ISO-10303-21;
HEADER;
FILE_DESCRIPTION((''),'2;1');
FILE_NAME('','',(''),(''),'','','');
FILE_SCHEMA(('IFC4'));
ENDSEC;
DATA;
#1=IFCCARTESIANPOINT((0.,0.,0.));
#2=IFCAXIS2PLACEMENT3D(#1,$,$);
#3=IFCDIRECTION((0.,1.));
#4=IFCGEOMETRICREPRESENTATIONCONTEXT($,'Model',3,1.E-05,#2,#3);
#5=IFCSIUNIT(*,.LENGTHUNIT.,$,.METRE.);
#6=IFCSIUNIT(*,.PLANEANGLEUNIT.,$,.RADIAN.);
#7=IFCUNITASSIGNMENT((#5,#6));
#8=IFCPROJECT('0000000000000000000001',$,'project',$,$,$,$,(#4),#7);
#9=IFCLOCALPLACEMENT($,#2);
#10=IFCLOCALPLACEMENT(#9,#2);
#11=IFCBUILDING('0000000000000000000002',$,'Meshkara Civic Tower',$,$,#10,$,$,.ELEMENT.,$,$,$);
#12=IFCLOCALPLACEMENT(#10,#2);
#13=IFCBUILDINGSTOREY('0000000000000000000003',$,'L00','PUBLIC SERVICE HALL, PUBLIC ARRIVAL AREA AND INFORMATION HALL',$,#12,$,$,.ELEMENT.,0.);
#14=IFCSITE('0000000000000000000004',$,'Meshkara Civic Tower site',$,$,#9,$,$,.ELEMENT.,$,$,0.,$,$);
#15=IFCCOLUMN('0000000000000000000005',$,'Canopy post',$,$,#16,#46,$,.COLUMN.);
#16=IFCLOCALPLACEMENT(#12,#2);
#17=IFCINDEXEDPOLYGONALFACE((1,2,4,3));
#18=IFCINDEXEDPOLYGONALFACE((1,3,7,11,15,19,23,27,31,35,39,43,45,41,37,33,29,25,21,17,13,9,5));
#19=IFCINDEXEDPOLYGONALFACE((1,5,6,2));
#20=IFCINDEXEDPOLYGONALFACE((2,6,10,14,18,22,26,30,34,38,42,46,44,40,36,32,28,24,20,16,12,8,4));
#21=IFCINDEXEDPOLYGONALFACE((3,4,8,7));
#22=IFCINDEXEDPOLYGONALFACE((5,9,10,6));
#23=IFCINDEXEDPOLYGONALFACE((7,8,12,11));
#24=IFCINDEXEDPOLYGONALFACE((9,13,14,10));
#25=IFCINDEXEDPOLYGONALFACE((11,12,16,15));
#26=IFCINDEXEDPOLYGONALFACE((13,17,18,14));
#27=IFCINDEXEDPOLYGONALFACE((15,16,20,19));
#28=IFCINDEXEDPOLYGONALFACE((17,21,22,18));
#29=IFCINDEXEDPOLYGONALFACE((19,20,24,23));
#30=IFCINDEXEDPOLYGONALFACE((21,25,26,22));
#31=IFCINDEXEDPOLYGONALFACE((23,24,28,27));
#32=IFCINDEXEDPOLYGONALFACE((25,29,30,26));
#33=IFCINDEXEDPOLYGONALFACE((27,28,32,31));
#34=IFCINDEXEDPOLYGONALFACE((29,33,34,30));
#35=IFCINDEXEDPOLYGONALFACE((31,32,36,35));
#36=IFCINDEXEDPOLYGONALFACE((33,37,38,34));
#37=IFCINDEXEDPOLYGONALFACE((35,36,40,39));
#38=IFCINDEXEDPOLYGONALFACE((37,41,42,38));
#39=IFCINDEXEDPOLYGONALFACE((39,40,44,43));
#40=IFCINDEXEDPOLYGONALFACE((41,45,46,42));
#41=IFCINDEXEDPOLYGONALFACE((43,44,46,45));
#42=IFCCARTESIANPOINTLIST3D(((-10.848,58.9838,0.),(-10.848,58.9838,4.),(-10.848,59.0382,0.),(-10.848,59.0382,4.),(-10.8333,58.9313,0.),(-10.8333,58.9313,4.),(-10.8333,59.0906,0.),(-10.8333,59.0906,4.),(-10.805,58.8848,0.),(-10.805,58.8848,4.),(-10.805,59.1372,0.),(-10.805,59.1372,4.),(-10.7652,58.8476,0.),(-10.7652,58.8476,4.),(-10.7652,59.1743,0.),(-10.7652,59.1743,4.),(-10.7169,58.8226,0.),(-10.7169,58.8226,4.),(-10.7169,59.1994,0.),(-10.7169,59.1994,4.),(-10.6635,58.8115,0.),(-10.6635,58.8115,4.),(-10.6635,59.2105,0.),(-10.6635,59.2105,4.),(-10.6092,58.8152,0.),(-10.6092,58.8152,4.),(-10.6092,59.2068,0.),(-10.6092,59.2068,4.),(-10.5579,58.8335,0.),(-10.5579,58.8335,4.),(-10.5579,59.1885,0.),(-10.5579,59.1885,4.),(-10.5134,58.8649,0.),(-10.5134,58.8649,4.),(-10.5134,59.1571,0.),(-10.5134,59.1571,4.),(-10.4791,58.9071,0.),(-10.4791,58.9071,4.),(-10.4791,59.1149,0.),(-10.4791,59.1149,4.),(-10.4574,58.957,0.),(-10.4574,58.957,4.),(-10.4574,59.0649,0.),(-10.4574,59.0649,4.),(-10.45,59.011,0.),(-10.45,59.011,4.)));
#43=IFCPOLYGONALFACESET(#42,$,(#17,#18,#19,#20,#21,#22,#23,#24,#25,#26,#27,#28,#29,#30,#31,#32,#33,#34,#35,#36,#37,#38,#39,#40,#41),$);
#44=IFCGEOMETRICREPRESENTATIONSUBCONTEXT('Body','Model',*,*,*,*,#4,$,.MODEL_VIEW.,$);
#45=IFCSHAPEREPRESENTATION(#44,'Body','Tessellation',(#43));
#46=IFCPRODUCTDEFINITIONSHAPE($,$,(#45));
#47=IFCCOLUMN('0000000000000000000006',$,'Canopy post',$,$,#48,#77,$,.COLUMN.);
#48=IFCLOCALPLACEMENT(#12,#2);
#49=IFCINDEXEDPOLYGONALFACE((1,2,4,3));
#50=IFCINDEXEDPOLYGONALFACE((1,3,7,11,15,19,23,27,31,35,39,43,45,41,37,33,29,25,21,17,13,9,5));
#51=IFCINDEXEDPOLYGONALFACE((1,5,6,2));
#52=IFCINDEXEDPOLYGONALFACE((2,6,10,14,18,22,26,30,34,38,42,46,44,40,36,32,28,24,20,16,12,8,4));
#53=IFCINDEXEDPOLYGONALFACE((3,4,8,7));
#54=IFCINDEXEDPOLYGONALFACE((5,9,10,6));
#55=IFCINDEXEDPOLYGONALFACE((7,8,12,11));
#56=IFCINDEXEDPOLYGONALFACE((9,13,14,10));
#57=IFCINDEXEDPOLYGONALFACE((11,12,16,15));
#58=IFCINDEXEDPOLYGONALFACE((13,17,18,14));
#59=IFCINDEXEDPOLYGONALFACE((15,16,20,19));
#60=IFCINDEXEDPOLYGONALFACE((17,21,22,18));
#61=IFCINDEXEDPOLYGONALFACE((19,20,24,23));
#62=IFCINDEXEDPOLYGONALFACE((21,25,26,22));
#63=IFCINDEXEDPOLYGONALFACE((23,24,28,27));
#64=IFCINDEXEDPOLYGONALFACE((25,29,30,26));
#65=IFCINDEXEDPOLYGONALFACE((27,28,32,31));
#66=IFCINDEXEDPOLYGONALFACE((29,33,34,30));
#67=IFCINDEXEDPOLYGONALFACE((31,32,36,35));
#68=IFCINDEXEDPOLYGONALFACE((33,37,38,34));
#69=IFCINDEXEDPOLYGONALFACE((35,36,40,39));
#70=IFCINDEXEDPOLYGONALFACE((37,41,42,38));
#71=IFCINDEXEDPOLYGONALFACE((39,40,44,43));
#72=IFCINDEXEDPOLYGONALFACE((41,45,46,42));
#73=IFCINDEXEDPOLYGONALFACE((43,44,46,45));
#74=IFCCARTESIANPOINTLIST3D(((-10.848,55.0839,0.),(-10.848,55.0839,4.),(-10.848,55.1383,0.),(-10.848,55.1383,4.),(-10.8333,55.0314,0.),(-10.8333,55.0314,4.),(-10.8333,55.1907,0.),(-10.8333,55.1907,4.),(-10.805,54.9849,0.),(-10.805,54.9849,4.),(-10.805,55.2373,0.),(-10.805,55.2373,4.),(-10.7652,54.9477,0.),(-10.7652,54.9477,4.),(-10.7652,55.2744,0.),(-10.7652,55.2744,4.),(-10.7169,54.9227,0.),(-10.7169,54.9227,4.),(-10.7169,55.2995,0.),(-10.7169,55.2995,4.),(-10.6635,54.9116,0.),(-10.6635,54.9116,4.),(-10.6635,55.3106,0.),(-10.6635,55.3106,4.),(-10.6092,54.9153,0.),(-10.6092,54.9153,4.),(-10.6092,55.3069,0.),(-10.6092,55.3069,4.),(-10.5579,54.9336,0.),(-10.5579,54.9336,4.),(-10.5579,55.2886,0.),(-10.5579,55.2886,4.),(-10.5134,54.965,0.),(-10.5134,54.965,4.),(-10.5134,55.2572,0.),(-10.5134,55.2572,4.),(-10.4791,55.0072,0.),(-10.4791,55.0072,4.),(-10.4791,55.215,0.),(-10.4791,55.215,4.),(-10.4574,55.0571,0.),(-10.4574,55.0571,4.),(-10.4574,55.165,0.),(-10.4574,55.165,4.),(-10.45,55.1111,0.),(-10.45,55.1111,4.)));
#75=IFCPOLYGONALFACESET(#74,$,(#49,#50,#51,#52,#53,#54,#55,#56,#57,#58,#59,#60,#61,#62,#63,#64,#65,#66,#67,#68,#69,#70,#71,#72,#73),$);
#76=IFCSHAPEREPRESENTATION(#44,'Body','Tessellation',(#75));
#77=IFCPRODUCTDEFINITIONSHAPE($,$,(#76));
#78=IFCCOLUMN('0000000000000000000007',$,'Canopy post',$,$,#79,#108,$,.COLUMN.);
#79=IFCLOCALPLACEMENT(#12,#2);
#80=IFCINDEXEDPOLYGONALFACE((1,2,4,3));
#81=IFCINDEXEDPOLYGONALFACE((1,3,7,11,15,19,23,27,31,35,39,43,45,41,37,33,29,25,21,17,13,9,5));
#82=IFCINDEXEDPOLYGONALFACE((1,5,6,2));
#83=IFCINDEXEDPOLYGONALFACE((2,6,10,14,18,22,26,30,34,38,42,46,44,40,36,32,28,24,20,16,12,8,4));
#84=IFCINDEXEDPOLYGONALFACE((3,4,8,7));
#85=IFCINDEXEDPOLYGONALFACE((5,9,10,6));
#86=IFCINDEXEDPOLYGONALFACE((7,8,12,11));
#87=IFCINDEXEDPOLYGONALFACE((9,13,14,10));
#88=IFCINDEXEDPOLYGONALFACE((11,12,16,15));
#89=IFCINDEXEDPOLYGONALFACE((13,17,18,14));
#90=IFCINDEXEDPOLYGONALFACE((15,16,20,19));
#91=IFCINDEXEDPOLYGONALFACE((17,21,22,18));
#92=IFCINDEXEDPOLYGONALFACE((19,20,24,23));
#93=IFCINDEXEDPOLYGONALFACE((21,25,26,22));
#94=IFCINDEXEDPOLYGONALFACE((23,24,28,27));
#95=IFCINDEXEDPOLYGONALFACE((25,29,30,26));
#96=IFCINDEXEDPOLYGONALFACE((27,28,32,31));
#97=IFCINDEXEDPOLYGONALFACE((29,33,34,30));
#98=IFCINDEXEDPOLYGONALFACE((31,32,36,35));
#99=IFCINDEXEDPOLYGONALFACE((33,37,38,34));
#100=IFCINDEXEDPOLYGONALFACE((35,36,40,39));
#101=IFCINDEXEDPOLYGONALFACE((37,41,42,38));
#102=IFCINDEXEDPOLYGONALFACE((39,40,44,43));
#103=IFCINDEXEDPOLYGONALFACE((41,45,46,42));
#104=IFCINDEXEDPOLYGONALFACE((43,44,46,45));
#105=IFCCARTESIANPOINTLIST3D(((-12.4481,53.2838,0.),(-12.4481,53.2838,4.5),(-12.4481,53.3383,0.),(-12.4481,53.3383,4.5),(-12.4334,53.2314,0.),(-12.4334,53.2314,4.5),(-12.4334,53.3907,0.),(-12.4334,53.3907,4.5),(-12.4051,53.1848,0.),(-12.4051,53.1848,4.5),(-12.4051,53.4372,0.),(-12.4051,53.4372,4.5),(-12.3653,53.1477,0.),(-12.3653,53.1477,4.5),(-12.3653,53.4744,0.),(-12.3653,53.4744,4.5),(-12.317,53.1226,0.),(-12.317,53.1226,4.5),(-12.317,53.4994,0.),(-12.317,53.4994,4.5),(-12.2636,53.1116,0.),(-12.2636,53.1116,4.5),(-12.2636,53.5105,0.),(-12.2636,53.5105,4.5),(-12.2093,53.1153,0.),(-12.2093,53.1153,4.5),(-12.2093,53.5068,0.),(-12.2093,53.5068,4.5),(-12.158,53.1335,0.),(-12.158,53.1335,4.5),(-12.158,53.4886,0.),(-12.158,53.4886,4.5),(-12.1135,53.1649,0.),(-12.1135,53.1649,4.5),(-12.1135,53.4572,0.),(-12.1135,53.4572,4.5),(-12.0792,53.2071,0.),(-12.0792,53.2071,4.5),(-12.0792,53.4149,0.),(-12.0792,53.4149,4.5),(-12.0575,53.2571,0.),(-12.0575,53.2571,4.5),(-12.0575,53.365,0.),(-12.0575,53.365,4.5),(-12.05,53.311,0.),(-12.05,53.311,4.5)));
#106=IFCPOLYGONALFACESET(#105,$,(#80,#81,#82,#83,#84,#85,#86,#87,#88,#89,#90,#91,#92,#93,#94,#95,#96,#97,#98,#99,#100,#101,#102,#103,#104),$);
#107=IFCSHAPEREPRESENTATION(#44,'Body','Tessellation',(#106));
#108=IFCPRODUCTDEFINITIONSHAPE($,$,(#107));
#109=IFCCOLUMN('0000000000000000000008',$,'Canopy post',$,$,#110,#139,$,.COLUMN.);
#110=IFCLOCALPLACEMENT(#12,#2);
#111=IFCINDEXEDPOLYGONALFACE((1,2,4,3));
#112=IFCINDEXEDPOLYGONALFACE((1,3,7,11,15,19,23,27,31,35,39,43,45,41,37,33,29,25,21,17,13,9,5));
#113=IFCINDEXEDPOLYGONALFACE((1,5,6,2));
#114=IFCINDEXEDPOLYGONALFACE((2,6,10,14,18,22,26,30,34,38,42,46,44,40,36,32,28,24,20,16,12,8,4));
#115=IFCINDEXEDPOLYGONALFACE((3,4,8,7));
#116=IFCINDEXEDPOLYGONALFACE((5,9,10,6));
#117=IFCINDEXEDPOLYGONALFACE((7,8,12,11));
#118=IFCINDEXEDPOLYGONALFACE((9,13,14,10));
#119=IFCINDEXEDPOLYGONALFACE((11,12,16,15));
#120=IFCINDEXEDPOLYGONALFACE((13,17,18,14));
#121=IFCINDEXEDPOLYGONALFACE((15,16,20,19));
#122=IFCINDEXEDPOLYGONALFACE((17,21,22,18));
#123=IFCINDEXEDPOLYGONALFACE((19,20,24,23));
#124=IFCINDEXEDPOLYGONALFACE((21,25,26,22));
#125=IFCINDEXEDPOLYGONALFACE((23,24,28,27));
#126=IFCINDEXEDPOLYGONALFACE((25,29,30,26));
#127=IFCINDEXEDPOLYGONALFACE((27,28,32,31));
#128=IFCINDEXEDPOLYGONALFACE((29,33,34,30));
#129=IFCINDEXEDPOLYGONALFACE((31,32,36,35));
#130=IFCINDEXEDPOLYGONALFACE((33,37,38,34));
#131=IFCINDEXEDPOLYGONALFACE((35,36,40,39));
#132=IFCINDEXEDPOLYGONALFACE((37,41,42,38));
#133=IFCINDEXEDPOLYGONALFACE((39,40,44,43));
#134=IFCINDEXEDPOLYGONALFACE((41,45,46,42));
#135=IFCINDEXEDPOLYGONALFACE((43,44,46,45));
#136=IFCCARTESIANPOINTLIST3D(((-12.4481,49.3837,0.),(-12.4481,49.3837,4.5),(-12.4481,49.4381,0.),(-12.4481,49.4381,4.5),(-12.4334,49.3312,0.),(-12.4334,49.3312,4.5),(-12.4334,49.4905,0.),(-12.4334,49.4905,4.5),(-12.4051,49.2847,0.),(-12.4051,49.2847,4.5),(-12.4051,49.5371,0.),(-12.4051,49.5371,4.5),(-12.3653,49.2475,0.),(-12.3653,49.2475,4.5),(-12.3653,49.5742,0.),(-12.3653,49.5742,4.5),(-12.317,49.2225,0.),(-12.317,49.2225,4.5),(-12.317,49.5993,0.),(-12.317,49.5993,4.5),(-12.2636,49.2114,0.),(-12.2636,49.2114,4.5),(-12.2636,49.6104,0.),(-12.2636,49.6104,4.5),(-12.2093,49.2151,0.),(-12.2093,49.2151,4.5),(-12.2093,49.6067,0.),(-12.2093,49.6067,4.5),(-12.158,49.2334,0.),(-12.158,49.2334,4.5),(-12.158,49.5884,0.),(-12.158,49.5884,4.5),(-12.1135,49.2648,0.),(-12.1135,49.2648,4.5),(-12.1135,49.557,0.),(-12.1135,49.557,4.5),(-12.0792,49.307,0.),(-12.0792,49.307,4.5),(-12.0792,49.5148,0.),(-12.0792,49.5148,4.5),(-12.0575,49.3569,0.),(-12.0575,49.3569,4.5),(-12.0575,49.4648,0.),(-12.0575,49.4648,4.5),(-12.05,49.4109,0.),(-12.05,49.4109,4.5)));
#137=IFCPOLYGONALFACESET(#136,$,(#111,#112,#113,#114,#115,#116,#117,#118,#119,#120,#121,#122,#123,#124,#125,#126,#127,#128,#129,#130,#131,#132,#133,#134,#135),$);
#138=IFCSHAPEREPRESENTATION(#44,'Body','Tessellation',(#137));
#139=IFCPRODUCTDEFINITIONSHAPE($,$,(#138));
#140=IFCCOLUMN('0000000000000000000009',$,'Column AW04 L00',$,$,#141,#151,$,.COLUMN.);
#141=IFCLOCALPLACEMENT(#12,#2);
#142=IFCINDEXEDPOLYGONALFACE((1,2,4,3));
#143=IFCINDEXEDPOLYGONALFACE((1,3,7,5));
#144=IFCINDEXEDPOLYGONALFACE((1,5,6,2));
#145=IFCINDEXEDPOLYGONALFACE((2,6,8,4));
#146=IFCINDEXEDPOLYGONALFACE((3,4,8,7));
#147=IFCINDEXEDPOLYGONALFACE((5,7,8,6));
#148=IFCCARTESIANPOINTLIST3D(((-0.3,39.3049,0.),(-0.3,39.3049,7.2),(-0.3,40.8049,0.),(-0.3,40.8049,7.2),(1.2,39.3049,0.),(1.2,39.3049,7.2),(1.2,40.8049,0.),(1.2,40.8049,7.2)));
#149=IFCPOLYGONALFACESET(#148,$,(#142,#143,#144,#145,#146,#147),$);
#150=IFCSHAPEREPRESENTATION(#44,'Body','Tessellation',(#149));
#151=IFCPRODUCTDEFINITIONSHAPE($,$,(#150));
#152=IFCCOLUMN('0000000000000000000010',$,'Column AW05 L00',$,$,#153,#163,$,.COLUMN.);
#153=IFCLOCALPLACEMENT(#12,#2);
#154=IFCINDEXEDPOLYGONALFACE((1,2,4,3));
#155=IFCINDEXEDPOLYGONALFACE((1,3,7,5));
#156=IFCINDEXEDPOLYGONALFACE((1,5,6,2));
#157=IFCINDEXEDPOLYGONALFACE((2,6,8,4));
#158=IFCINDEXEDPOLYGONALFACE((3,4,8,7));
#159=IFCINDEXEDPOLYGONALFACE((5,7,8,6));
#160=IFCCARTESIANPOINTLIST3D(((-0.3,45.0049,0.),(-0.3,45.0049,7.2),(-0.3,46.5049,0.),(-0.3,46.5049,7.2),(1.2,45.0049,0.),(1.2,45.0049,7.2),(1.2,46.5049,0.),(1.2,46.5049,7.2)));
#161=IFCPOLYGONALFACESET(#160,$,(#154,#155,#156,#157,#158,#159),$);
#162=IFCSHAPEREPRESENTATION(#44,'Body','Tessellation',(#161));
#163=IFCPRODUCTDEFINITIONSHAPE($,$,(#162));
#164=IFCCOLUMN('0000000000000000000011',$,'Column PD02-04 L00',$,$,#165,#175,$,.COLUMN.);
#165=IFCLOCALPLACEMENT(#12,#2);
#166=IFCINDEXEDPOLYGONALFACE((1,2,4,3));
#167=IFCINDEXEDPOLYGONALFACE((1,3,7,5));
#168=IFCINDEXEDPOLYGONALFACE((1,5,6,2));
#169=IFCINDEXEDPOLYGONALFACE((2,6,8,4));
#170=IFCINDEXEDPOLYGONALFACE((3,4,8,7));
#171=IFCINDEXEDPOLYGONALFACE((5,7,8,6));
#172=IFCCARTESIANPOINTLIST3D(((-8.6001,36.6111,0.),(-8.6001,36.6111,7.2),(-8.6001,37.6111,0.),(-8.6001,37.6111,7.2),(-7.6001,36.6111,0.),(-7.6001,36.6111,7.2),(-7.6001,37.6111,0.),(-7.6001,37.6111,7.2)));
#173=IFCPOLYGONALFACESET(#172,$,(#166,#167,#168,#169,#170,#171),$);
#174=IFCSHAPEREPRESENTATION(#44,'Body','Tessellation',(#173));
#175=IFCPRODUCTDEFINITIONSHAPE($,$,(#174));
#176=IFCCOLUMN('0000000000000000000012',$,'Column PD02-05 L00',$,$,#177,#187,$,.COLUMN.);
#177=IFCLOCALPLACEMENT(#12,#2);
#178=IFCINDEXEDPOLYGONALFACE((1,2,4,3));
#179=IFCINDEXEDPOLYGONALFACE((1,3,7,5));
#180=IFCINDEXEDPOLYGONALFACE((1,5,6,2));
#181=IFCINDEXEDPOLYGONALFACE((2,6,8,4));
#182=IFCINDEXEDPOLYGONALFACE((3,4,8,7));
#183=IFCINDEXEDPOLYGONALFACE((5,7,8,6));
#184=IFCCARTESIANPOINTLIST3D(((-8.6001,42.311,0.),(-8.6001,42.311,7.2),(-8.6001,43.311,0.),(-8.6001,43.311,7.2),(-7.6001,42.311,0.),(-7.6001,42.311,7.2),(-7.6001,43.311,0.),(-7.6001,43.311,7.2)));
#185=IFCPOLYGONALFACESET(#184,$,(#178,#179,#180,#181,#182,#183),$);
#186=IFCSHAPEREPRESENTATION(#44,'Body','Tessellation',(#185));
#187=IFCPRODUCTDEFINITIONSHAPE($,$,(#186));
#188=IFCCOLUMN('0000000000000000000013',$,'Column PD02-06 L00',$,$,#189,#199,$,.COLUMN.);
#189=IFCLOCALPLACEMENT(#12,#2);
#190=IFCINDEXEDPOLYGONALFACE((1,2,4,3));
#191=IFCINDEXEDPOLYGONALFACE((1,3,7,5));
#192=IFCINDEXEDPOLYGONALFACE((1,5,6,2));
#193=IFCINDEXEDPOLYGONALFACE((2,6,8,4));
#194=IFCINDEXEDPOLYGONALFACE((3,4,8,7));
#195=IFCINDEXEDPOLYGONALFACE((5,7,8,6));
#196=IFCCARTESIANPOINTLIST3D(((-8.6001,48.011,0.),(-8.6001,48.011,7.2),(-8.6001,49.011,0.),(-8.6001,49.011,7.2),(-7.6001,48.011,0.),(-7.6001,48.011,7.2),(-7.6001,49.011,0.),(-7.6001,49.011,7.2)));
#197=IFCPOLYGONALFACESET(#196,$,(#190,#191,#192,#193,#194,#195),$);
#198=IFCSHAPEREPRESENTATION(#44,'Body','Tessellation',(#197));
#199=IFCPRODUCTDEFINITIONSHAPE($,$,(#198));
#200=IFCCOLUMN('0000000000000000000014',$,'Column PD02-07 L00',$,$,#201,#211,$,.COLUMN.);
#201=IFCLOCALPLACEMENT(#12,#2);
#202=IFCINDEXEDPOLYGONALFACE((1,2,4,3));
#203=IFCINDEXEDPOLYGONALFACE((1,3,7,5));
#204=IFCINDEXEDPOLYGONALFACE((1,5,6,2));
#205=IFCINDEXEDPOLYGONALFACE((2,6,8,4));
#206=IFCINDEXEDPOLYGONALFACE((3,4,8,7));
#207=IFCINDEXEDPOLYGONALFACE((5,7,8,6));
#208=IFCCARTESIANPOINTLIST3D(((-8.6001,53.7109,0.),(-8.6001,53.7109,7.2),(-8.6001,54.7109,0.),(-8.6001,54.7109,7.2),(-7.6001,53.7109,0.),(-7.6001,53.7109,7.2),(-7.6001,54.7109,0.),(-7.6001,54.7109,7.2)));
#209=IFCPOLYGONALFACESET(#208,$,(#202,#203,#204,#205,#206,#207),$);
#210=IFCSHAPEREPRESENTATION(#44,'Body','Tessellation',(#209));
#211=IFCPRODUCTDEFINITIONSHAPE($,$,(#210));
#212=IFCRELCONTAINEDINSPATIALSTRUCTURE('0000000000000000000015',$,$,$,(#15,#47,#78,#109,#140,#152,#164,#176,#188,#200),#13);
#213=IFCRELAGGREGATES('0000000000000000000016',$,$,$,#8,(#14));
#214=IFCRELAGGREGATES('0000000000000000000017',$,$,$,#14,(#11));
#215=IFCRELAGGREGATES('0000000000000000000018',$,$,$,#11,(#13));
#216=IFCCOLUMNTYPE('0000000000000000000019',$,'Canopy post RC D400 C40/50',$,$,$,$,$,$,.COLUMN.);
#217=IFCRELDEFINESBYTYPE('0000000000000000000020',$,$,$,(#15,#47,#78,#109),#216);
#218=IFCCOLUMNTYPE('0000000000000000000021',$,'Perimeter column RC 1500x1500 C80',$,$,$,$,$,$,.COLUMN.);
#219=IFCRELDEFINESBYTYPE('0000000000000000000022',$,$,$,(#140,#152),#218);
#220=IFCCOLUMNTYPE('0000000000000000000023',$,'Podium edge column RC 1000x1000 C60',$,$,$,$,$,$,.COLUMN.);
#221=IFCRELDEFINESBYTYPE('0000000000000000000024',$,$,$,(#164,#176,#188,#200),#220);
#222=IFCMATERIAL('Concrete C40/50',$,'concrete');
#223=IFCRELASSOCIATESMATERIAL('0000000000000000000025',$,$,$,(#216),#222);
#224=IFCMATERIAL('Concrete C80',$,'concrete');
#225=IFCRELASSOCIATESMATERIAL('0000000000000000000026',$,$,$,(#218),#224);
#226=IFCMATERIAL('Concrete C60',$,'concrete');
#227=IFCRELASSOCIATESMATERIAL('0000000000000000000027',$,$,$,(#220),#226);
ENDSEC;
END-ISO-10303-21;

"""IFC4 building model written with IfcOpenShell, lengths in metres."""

from ifc_helpers import new_model, si_unit, direction, frame, origin, origin_2d, place, context, subcontext, project, spatial, rectangle, circle, extrude, material, material_profile, profile_set, type_object, element, save


model = new_model("IFC4")

# Units and contexts
model_context = context("Model", 3, precision=1e-05, world=origin(), true_north=direction((0.0, 1.0)))
body_context = subcontext(model_context, "Body", "Model", "MODEL_VIEW")
ifc_project = project(units=[si_unit("LENGTHUNIT", "METRE"), si_unit("PLANEANGLEUNIT", "RADIAN")], contexts=[model_context])

# Site, building, storey
site_placement = place(None, origin())
site = spatial("IfcSite", under=ifc_project, at=site_placement, Name="Meshkara Civic Tower site", CompositionType="ELEMENT", RefElevation=0.0)
building_placement = place(site_placement, origin())
building = spatial("IfcBuilding", under=site, at=building_placement, Name="Meshkara Civic Tower", CompositionType="ELEMENT")
storey_placement = place(building_placement, origin())
storey = spatial("IfcBuildingStorey", under=building, at=storey_placement, Name="L00", Description="PUBLIC SERVICE HALL, PUBLIC ARRIVAL AREA AND INFORMATION HALL", CompositionType="ELEMENT", Elevation=0.0)

# Columns
ifc_material_1 = material(Name="Concrete C40/50", Category="concrete")
ifc_material_profile_1 = material_profile(ifc_material_1, circle(Radius=0.2, at=origin_2d()))
ifc_profile_set_1 = profile_set([ifc_material_profile_1], Name="Concrete C40/50")
column_type_1 = type_object("IfcColumnType", Name="Canopy post RC D400 C40/50", PredefinedType="COLUMN", material=ifc_profile_set_1)
for number, where, z_axis, x_axis, name in (
    (1, (-10.6499, 59.011, 0.0), (0.0, 0.0, 1.0), (1.0, 0.0, 0.0), "Canopy post"),
    (2, (-10.6499, 55.1111, 0.0), (0.0, 0.0, 1.0), (1.0, 0.0, 0.0), "Canopy post"),
):
    element("IfcColumn", number, at=place(storey_placement, frame(where, z_axis=z_axis, x_axis=x_axis)), inside=storey, type_object=column_type_1, Name=name, PredefinedType="COLUMN", context=body_context, shape_type="SweptSolid", body=[
        extrude(circle(Radius=0.2, at=origin_2d()), origin(), (0.0, 0.0, 1.0), 4.0),
    ])
for number, where, z_axis, x_axis, name in (
    (3, (-12.25, 53.311, 0.0), (0.0, 0.0, 1.0), (1.0, 0.0, 0.0), "Canopy post"),
    (4, (-12.25, 49.4109, 0.0), (0.0, 0.0, 1.0), (1.0, 0.0, 0.0), "Canopy post"),
):
    element("IfcColumn", number, at=place(storey_placement, frame(where, z_axis=z_axis, x_axis=x_axis)), inside=storey, type_object=column_type_1, Name=name, PredefinedType="COLUMN", context=body_context, shape_type="SweptSolid", body=[
        extrude(circle(Radius=0.2, at=origin_2d()), origin(), (0.0, 0.0, 1.0), 4.5),
    ])
ifc_material_2 = material(Name="Concrete C80", Category="concrete")
ifc_material_profile_2 = material_profile(ifc_material_2, rectangle(XDim=1.5, YDim=1.5, at=origin_2d()))
ifc_profile_set_2 = profile_set([ifc_material_profile_2], Name="Concrete C80")
column_type_2 = type_object("IfcColumnType", Name="Perimeter column RC 1500x1500 C80", PredefinedType="COLUMN", material=ifc_profile_set_2)
for number, where, z_axis, x_axis, name in (
    (5, (0.45, 40.0549, 0.0), (0.0, 0.0, 1.0), (1.0, 0.0, 0.0), "Column AW04 L00"),
    (6, (0.45, 45.7549, 0.0), (0.0, 0.0, 1.0), (1.0, 0.0, 0.0), "Column AW05 L00"),
):
    element("IfcColumn", number, at=place(storey_placement, frame(where, z_axis=z_axis, x_axis=x_axis)), inside=storey, type_object=column_type_2, Name=name, PredefinedType="COLUMN", context=body_context, shape_type="SweptSolid", body=[
        extrude(rectangle(XDim=1.5, YDim=1.5, at=origin_2d()), origin(), (0.0, 0.0, 1.0), 7.2),
    ])
ifc_material_3 = material(Name="Concrete C60", Category="concrete")
ifc_material_profile_3 = material_profile(ifc_material_3, rectangle(XDim=1.0, YDim=1.0, at=origin_2d()))
ifc_profile_set_3 = profile_set([ifc_material_profile_3], Name="Concrete C60")
column_type_3 = type_object("IfcColumnType", Name="Podium edge column RC 1000x1000 C60", PredefinedType="COLUMN", material=ifc_profile_set_3)
for number, where, z_axis, x_axis, name in (
    (7, (-8.1001, 37.1111, 0.0), (0.0, 0.0, 1.0), (1.0, 0.0, 0.0), "Column PD02-04 L00"),
    (8, (-8.1001, 42.811, 0.0), (0.0, 0.0, 1.0), (1.0, 0.0, 0.0), "Column PD02-05 L00"),
    (9, (-8.1001, 48.511, 0.0), (0.0, 0.0, 1.0), (1.0, 0.0, 0.0), "Column PD02-06 L00"),
    (10, (-8.1001, 54.2109, 0.0), (0.0, 0.0, 1.0), (1.0, 0.0, 0.0), "Column PD02-07 L00"),
):
    element("IfcColumn", number, at=place(storey_placement, frame(where, z_axis=z_axis, x_axis=x_axis)), inside=storey, type_object=column_type_3, Name=name, PredefinedType="COLUMN", context=body_context, shape_type="SweptSolid", body=[
        extrude(rectangle(XDim=1.0, YDim=1.0, at=origin_2d()), origin(), (0.0, 0.0, 1.0), 7.2),
    ])

save(model, "model.ifc")
